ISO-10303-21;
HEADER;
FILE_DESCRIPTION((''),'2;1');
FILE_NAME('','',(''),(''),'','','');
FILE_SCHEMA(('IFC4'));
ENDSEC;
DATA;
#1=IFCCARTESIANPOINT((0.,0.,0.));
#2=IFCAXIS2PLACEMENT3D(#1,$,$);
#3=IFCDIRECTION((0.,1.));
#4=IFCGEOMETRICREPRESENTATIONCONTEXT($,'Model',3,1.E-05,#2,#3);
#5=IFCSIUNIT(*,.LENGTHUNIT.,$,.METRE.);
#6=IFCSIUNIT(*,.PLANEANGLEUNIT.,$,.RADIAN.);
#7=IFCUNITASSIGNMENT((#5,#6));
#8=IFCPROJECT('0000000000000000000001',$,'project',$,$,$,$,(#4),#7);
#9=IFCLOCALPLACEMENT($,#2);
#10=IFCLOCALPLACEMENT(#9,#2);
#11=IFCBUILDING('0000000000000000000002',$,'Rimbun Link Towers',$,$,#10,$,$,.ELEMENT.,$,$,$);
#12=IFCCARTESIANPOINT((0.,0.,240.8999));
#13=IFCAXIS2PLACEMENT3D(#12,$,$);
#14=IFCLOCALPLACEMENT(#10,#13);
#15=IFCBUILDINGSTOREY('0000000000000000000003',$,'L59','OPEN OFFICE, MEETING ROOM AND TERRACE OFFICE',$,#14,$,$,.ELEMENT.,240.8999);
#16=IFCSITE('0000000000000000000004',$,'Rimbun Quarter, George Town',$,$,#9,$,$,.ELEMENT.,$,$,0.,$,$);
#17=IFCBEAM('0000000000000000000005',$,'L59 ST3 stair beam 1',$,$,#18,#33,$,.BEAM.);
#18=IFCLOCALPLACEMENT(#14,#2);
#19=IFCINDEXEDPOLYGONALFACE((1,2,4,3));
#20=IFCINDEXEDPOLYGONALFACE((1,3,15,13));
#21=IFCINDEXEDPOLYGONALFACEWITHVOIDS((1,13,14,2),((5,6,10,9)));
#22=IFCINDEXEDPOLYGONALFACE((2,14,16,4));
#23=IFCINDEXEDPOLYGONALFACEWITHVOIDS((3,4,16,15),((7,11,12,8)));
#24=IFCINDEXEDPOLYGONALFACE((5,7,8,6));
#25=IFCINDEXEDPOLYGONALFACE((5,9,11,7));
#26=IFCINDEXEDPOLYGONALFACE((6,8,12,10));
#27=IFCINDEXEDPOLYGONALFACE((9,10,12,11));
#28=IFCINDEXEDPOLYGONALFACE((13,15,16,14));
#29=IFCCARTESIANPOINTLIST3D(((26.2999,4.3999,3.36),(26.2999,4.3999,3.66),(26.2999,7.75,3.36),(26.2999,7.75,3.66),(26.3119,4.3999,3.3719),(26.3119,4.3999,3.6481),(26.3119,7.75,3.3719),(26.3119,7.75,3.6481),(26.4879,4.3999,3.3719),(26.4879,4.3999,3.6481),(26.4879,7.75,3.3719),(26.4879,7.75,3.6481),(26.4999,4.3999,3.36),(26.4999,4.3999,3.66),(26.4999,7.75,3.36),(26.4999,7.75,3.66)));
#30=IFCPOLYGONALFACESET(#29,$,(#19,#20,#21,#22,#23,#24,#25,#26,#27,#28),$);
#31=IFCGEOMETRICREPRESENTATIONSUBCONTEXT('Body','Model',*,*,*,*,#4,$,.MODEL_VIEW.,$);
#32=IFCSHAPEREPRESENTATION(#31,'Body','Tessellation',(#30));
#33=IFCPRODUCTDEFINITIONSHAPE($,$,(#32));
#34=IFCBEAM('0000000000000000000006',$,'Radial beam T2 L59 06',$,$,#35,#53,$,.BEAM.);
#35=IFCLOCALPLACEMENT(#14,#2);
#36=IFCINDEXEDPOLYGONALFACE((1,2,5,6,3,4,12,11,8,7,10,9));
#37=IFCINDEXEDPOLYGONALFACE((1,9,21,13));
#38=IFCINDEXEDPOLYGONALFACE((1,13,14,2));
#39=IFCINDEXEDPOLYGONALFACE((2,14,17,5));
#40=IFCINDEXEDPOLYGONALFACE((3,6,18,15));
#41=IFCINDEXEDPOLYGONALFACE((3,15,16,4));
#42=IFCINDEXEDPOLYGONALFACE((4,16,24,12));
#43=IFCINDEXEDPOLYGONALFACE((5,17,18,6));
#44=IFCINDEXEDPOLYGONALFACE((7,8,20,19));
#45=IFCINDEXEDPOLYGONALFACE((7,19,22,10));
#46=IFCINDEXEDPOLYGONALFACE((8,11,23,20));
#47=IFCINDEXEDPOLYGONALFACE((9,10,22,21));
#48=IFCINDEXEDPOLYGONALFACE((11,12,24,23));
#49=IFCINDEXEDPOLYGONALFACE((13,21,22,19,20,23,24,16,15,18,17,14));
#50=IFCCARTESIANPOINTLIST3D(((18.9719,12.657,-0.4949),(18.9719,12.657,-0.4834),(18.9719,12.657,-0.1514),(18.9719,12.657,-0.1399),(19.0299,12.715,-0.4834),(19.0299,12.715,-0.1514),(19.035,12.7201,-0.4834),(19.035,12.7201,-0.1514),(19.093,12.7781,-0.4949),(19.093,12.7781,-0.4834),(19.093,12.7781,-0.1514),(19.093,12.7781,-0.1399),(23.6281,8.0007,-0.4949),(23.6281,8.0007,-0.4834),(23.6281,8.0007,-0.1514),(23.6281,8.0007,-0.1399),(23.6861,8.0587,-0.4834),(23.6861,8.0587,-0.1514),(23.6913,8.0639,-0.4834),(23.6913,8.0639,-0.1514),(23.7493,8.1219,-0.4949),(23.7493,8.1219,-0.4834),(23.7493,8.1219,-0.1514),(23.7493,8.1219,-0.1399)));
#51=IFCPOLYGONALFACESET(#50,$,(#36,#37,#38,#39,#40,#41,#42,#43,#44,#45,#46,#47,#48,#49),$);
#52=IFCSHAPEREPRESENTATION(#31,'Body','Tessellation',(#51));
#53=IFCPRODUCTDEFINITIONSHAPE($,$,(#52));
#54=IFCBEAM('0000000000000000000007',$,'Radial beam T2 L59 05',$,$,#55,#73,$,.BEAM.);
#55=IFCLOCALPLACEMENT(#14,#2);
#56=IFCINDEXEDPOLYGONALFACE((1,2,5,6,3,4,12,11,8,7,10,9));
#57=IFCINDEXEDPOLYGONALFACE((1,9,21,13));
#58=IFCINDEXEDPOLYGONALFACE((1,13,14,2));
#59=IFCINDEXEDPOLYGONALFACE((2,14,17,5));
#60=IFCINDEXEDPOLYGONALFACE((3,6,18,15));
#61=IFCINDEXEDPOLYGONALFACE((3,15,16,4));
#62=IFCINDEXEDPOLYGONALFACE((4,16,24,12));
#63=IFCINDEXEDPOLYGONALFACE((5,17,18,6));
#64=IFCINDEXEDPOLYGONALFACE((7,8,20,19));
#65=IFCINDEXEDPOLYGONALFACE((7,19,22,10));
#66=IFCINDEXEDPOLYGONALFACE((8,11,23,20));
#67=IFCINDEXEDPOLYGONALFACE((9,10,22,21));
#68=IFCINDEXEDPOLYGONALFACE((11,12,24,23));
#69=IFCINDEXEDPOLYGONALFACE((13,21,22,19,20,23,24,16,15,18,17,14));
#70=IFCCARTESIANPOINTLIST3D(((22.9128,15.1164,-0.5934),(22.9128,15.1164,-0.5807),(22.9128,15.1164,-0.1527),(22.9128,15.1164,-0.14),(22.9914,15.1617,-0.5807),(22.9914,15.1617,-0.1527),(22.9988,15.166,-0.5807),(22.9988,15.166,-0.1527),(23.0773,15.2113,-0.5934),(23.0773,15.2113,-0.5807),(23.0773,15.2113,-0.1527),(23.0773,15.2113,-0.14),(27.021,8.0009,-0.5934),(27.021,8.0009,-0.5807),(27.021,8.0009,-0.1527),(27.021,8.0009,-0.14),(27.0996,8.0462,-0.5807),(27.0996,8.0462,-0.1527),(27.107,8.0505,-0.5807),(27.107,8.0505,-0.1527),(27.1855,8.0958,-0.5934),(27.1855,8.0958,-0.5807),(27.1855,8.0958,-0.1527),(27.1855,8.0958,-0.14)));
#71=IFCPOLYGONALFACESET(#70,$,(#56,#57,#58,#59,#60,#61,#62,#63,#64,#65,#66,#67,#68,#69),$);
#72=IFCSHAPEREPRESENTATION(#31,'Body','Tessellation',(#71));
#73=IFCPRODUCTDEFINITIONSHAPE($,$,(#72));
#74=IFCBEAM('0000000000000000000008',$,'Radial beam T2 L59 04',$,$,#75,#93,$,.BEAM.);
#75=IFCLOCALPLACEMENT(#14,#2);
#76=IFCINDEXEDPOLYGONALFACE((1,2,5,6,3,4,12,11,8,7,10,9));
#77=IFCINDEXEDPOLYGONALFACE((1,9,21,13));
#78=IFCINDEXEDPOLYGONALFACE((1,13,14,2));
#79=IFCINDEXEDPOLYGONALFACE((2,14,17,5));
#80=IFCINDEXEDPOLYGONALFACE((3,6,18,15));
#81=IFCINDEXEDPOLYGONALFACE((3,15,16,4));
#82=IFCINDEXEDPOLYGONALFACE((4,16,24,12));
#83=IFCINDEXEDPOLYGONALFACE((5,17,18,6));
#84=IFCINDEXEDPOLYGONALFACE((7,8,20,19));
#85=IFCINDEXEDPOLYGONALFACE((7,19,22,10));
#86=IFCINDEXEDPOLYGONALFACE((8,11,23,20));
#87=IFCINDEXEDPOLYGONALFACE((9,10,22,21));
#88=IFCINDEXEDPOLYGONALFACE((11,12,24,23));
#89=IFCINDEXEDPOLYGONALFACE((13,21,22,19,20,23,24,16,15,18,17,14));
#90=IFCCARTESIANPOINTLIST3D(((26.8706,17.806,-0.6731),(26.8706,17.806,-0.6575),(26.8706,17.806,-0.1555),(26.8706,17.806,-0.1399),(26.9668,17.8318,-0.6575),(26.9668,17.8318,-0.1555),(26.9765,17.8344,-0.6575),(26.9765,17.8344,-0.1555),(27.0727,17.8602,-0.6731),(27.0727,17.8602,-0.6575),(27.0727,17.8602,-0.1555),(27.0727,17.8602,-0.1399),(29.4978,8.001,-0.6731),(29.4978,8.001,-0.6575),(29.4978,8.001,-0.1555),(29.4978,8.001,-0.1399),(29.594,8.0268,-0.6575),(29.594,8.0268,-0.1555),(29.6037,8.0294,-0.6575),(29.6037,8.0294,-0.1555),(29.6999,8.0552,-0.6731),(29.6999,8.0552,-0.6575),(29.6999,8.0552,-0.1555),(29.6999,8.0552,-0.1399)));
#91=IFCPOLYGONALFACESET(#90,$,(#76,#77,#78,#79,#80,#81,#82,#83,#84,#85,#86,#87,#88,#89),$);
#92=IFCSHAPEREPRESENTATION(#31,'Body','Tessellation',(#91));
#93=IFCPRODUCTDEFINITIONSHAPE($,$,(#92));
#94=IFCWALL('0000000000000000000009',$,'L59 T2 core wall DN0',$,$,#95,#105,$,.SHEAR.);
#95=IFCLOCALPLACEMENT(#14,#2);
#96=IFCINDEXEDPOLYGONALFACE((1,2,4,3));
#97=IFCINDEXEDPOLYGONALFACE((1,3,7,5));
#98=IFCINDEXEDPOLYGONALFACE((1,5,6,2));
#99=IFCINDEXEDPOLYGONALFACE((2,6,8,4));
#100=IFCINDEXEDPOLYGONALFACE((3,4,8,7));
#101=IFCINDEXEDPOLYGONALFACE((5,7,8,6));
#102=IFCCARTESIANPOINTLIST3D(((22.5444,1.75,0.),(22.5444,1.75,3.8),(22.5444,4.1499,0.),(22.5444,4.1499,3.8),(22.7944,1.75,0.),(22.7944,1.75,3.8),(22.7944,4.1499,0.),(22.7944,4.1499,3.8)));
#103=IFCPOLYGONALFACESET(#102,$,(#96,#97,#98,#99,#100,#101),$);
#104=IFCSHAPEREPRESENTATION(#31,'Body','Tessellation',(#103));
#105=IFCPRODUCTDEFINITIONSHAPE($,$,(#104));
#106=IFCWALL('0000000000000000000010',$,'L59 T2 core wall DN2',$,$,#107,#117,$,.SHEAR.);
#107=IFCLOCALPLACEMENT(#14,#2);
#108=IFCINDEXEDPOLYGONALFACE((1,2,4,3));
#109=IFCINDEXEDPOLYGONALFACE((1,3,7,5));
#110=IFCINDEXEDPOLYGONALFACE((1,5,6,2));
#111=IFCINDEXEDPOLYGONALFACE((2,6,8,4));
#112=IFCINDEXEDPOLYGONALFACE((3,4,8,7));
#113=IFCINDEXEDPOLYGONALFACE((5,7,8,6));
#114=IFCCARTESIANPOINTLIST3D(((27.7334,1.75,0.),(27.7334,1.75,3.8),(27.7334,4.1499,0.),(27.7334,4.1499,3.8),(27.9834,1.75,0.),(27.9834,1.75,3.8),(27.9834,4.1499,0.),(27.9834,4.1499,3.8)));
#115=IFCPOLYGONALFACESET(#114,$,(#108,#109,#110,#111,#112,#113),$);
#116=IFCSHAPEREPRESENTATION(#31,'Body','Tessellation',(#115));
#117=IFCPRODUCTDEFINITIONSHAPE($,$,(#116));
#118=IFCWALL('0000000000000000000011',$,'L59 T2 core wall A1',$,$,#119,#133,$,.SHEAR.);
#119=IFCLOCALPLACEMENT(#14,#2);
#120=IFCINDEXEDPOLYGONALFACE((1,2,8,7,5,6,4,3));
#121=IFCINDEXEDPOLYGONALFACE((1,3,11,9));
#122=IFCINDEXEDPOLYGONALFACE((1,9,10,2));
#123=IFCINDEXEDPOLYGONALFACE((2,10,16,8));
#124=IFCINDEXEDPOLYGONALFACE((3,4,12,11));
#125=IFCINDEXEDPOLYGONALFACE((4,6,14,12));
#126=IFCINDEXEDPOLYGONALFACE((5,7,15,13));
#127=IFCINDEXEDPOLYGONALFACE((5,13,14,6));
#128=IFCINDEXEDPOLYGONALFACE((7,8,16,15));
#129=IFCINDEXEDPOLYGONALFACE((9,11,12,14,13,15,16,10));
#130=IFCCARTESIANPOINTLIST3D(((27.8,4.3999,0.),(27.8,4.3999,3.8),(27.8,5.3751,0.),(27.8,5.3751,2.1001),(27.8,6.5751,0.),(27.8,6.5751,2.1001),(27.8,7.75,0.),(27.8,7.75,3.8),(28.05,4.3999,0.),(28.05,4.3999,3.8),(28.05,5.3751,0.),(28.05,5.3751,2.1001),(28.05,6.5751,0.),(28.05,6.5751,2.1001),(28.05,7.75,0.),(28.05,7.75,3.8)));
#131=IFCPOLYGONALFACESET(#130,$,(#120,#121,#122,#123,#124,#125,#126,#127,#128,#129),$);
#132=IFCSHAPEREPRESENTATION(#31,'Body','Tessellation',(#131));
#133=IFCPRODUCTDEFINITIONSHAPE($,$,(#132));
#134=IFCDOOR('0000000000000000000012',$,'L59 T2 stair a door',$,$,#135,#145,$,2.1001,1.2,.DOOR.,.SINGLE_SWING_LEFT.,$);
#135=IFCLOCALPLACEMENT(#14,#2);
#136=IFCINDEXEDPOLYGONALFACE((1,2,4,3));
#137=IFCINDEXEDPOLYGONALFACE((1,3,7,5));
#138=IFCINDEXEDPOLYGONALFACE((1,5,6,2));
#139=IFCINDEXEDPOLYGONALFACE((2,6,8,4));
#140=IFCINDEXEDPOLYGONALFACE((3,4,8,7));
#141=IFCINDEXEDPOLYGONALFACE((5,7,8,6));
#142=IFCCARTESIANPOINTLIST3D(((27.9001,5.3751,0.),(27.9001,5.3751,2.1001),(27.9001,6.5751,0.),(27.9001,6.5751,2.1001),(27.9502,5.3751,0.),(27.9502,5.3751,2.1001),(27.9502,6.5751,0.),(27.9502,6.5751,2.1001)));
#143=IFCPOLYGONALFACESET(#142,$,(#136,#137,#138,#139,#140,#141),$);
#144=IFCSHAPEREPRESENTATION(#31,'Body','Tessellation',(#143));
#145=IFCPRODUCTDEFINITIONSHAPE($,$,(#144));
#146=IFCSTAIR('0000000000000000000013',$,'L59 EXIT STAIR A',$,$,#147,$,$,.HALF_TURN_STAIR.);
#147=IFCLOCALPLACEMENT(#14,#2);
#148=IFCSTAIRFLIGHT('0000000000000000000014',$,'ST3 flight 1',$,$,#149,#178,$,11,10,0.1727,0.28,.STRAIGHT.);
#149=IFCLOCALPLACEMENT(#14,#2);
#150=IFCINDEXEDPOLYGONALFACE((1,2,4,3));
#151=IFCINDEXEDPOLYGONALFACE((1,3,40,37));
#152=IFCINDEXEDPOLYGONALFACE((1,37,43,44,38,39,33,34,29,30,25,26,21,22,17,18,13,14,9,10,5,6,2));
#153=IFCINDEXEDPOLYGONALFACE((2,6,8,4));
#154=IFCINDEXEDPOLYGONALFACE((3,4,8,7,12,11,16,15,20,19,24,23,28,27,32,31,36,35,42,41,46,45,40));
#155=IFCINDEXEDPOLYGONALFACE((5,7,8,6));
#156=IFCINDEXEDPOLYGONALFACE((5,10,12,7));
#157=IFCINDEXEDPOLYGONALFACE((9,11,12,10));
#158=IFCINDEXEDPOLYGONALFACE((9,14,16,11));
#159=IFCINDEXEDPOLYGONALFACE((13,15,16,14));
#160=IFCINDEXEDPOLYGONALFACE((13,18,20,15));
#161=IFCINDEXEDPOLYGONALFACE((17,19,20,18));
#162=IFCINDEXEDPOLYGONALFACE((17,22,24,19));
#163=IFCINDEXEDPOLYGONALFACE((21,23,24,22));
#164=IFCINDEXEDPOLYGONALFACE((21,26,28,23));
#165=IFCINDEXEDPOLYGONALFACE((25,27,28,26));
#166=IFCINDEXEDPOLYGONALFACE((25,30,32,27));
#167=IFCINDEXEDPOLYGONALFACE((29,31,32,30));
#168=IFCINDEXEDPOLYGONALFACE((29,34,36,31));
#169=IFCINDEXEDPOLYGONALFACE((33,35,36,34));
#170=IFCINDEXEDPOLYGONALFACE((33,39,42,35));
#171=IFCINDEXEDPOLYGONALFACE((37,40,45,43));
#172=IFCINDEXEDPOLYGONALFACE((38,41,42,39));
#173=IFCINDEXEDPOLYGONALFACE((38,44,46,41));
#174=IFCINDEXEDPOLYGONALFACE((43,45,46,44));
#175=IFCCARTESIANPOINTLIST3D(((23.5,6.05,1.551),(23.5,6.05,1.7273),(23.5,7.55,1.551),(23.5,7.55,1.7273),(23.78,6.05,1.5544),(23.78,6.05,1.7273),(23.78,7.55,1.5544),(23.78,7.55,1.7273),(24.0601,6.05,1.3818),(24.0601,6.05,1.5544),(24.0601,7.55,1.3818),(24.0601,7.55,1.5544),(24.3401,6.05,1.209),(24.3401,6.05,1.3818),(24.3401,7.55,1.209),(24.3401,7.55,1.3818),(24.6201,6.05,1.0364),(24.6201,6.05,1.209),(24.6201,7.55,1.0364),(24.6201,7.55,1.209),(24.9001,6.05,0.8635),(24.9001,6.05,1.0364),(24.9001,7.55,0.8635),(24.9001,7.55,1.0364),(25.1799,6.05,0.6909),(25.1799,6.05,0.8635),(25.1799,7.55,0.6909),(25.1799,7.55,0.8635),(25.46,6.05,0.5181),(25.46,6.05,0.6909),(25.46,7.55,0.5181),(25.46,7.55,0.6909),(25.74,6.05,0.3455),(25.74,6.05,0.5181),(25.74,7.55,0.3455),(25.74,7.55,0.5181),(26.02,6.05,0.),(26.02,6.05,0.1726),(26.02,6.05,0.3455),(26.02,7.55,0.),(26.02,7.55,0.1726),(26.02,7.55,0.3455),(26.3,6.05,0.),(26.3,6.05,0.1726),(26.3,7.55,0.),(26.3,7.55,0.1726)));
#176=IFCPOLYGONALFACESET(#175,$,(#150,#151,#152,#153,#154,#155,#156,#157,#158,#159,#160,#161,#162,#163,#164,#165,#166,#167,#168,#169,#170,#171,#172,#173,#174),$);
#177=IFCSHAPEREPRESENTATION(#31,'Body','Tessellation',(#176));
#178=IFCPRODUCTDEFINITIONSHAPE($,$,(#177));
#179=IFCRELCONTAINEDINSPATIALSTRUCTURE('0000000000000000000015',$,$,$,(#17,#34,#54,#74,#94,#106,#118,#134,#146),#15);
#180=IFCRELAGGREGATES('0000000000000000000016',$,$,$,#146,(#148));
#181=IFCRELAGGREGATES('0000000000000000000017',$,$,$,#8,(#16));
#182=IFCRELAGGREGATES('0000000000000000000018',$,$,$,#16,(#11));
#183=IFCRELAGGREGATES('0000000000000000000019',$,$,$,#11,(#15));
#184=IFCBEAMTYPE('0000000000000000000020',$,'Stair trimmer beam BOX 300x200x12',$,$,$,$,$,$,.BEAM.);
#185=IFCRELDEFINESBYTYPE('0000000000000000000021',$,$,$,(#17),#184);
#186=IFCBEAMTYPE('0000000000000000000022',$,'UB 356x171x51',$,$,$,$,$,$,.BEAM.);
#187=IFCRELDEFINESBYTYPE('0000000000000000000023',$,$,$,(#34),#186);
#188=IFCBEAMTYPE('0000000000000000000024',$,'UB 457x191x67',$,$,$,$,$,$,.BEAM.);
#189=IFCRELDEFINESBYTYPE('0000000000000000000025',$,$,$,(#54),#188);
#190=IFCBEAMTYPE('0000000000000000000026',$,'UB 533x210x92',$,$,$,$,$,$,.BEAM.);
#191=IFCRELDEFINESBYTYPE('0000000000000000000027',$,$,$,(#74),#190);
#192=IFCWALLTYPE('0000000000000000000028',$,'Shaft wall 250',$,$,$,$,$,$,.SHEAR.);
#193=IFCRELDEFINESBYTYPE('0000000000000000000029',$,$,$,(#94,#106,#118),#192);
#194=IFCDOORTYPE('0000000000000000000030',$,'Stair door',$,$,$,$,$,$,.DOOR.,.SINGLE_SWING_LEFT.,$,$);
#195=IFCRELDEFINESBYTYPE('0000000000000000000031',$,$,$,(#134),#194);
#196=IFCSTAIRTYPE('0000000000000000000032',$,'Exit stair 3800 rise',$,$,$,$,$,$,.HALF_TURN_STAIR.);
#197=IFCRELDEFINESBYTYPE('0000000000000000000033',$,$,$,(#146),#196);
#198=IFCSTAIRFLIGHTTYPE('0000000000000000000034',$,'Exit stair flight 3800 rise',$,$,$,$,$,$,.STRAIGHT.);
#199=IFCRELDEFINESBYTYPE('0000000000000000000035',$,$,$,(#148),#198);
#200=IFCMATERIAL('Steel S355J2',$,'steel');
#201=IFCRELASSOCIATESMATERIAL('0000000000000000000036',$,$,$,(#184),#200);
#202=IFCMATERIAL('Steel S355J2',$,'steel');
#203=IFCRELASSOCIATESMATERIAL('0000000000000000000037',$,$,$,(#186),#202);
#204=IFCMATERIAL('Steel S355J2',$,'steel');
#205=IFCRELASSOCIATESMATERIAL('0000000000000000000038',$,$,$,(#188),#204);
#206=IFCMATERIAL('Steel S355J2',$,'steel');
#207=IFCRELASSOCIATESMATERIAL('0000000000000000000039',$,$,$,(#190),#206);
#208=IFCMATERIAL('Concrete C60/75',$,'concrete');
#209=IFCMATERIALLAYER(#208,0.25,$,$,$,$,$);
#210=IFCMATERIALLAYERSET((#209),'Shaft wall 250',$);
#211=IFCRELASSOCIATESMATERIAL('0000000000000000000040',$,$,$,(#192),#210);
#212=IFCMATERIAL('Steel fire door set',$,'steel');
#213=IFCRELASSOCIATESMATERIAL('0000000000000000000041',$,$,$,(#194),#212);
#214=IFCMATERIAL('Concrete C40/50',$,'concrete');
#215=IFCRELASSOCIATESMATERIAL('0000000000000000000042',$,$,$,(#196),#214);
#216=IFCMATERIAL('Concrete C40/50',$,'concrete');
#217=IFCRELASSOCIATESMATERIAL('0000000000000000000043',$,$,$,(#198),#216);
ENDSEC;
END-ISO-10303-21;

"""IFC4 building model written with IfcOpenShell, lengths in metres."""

from ifc_helpers import new_model, si_unit, direction, frame, frame_2d, origin, origin_2d, place, context, subcontext, project, spatial, polyline, rectangle, hollow_rectangle, i_section, outline, extrude, material, layer, layer_set, material_profile, profile_set, type_object, element, fill, aggregate, save


model = new_model("IFC4")

# Units and contexts
model_context = context("Model", 3, precision=1e-05, world=origin(), true_north=direction((0.0, 1.0)))
body_context = subcontext(model_context, "Body", "Model", "MODEL_VIEW")
ifc_project = project(units=[si_unit("LENGTHUNIT", "METRE"), si_unit("PLANEANGLEUNIT", "RADIAN")], contexts=[model_context])

# Site, building, storey
site_placement = place(None, origin())
site = spatial("IfcSite", under=ifc_project, at=site_placement, Name="Rimbun Quarter, George Town", CompositionType="ELEMENT", RefElevation=0.0)
building_placement = place(site_placement, origin())
building = spatial("IfcBuilding", under=site, at=building_placement, Name="Rimbun Link Towers", CompositionType="ELEMENT")
storey_placement = place(building_placement, frame((0.0, 0.0, 240.8999)))
storey = spatial("IfcBuildingStorey", under=building, at=storey_placement, Name="L59", Description="OPEN OFFICE, MEETING ROOM AND TERRACE OFFICE", CompositionType="ELEMENT", Elevation=240.8999)

# Beams
ifc_material_1 = material(Name="Steel S355J2", Category="steel")
ifc_material_profile_1 = material_profile(ifc_material_1, hollow_rectangle(XDim=0.2, YDim=0.3, WallThickness=0.012, at=origin_2d()), Name="BOX 300x200x12")
ifc_profile_set_1 = profile_set([ifc_material_profile_1], Name="Steel S355J2")
beam_type_1 = type_object("IfcBeamType", Name="Stair trimmer beam BOX 300x200x12", PredefinedType="BEAM", material=ifc_profile_set_1)
beam_1_placement = place(storey_placement, frame((26.3999, 7.75, 3.51), z_axis=(0.0, -1.0, 0.0), x_axis=(1.0, 0.0, 0.0)))
element("IfcBeam", 1, at=beam_1_placement, inside=storey, type_object=beam_type_1, Name="L59 ST3 stair beam 1", PredefinedType="BEAM", context=body_context, shape_type="SweptSolid", body=[
    extrude(hollow_rectangle(XDim=0.2, YDim=0.3, WallThickness=0.012, at=origin_2d()), origin(), (0.0, 0.0, 1.0), 3.3501),
])
ifc_material_2 = material(Name="Steel S355J2", Category="steel")
ifc_material_profile_2 = material_profile(ifc_material_2, i_section(OverallWidth=0.1714, OverallDepth=0.355, WebThickness=0.0073, FlangeThickness=0.0115, at=origin_2d()), Name="UB 356x171x51")
ifc_profile_set_2 = profile_set([ifc_material_profile_2], Name="Steel S355J2")
beam_type_2 = type_object("IfcBeamType", Name="UB 356x171x51", PredefinedType="BEAM", material=ifc_profile_set_2)
beam_2_placement = place(storey_placement, frame((23.6887, 8.0613, -0.3174), z_axis=(-0.707107, 0.707107, 0.0), x_axis=(-0.707107, -0.707107, 0.0)))
element("IfcBeam", 2, at=beam_2_placement, inside=storey, type_object=beam_type_2, Name="Radial beam T2 L59 06", PredefinedType="BEAM", context=body_context, shape_type="SweptSolid", body=[
    extrude(i_section(OverallWidth=0.1714, OverallDepth=0.355, WebThickness=0.0073, FlangeThickness=0.0115, at=origin_2d()), origin(), (0.0, 0.0, 1.0), 6.585),
])
ifc_material_3 = material(Name="Steel S355J2", Category="steel")
ifc_material_profile_3 = material_profile(ifc_material_3, i_section(OverallWidth=0.1899, OverallDepth=0.4534, WebThickness=0.0085, FlangeThickness=0.0127, at=origin_2d()), Name="UB 457x191x67")
ifc_profile_set_3 = profile_set([ifc_material_profile_3], Name="Steel S355J2")
beam_type_3 = type_object("IfcBeamType", Name="UB 457x191x67", PredefinedType="BEAM", material=ifc_profile_set_3)
beam_3_placement = place(storey_placement, frame((27.1033, 8.0483, -0.3667), z_axis=(-0.500003, 0.866024, 0.0), x_axis=(-0.866024, -0.500003, 0.0)))
element("IfcBeam", 3, at=beam_3_placement, inside=storey, type_object=beam_type_3, Name="Radial beam T2 L59 05", PredefinedType="BEAM", context=body_context, shape_type="SweptSolid", body=[
    extrude(i_section(OverallWidth=0.1899, OverallDepth=0.4534, WebThickness=0.0085, FlangeThickness=0.0127, at=origin_2d()), origin(), (0.0, 0.0, 1.0), 8.2163),
])
ifc_material_4 = material(Name="Steel S355J2", Category="steel")
ifc_material_profile_4 = material_profile(ifc_material_4, i_section(OverallWidth=0.2092, OverallDepth=0.5332, WebThickness=0.01, FlangeThickness=0.0156, at=origin_2d()), Name="UB 533x210x92")
ifc_profile_set_4 = profile_set([ifc_material_profile_4], Name="Steel S355J2")
beam_type_4 = type_object("IfcBeamType", Name="UB 533x210x92", PredefinedType="BEAM", material=ifc_profile_set_4)
beam_4_placement = place(storey_placement, frame((29.5989, 8.0281, -0.4065), z_axis=(-0.258817, 0.965926, 0.0), x_axis=(-0.965926, -0.258817, 0.0)))
element("IfcBeam", 4, at=beam_4_placement, inside=storey, type_object=beam_type_4, Name="Radial beam T2 L59 04", PredefinedType="BEAM", context=body_context, shape_type="SweptSolid", body=[
    extrude(i_section(OverallWidth=0.2092, OverallDepth=0.5332, WebThickness=0.01, FlangeThickness=0.0156, at=origin_2d()), origin(), (0.0, 0.0, 1.0), 10.1509),
])

# Walls
ifc_material_5 = material(Name="Concrete C60/75", Category="concrete")
ifc_layer = layer(ifc_material_5, 0.25)
ifc_layer_set = layer_set([ifc_layer], Name="Shaft wall 250")
wall_type = type_object("IfcWallType", Name="Shaft wall 250", PredefinedType="SHEAR", material=ifc_layer_set)
for number, where, z_axis, x_axis, name in (
    (5, (22.6694, 1.75, 0.0), (0.0, 0.0, 1.0), (0.0, 1.0, 0.0), "L59 T2 core wall DN0"),
    (6, (27.8584, 1.75, 0.0), (0.0, 0.0, 1.0), (0.0, 1.0, 0.0), "L59 T2 core wall DN2"),
):
    element("IfcWall", number, at=place(storey_placement, frame(where, z_axis=z_axis, x_axis=x_axis)), inside=storey, type_object=wall_type, Name=name, PredefinedType="SHEAR", context=body_context, shape_type="SweptSolid", body=[
        extrude(rectangle(XDim=2.3999, YDim=0.25, at=frame_2d((1.2, 0.0))), origin(), (0.0, 0.0, 1.0), 3.8),
    ])

# Wall, opening, door
wall_placement = place(storey_placement, frame((27.925, 4.3999, 0.0), z_axis=(0.0, 0.0, 1.0), x_axis=(0.0, 1.0, 0.0)))
wall = element("IfcWall", 7, at=wall_placement, inside=storey, type_object=wall_type, Name="L59 T2 core wall A1", PredefinedType="SHEAR", context=body_context, shape_type="SweptSolid", body=[
    extrude(rectangle(XDim=3.3501, YDim=0.25, at=frame_2d((1.675, 0.0))), origin(), (0.0, 0.0, 1.0), 3.8),
])
opening_placement = place(wall_placement, frame((0.9751, 0.0, 0.0)))
opening = element("IfcOpeningElement", 8, at=opening_placement, cuts=wall, PredefinedType="OPENING", context=body_context, shape_type="SweptSolid", body=[
    extrude(rectangle(XDim=1.2, YDim=2.1001, at=frame_2d((0.6001, 1.05))), frame((0.0, 0.135, 0.0), z_axis=(0.0, -1.0, 0.0), x_axis=(1.0, 0.0, 0.0)), (0.0, 0.0, 1.0), 0.27),
])
ifc_material_6 = material(Name="Steel fire door set", Category="steel")
door_type = type_object("IfcDoorType", Name="Stair door", OperationType="SINGLE_SWING_LEFT", PredefinedType="DOOR", material=ifc_material_6)
door_placement = place(opening_placement, origin())
door = element("IfcDoor", 9, at=door_placement, inside=storey, type_object=door_type, Name="L59 T2 stair a door", OperationType="SINGLE_SWING_LEFT", OverallHeight=2.1001, OverallWidth=1.2, PredefinedType="DOOR", context=body_context, shape_type="SweptSolid", body=[
    extrude(rectangle(XDim=1.2, YDim=2.1001, at=frame_2d((0.6001, 1.05))), frame((0.0, 0.0249, 0.0), z_axis=(0.0, -1.0, 0.0), x_axis=(1.0, 0.0, 0.0)), (0.0, 0.0, 1.0), 0.05),
])
fill(opening, door)

# Stair, stair flight
ifc_material_7 = material(Name="Concrete C40/50", Category="concrete")
stair_type = type_object("IfcStairType", Name="Exit stair 3800 rise", PredefinedType="HALF_TURN_STAIR", material=ifc_material_7)
stair_placement = place(storey_placement, origin())
stair = element("IfcStair", 10, at=stair_placement, inside=storey, type_object=stair_type, Name="L59 EXIT STAIR A", PredefinedType="HALF_TURN_STAIR")
ifc_material_8 = material(Name="Concrete C40/50", Category="concrete")
stair_flight_type = type_object("IfcStairFlightType", Name="Exit stair flight 3800 rise", PredefinedType="STRAIGHT", material=ifc_material_8)
stair_flight_1_placement = place(storey_placement, frame((26.3, 6.8, 0.0), z_axis=(0.0, 0.0, 1.0), x_axis=(-1.0, 0.0, 0.0)))
stair_flight_1 = element("IfcStairFlight", 11, at=stair_flight_1_placement, type_object=stair_flight_type, Name="ST3 flight 1", NumberOfRisers=11, NumberOfTreads=10, PredefinedType="STRAIGHT", RiserHeight=0.1727, TreadLength=0.28, context=body_context, shape_type="SweptSolid", body=[
    extrude(outline(polyline([(0.0, 0.0), (0.0, 0.1726), (0.28, 0.1726), (0.28, 0.3455), (0.5601, 0.3455), (0.5601, 0.5181), (0.8401, 0.5181), (0.8401, 0.6909), (1.1201, 0.6909), (1.1201, 0.8635), (1.3999, 0.8635), (1.3999, 1.0364), (1.6799, 1.0364), (1.6799, 1.209), (1.96, 1.209), (1.96, 1.3818), (2.24, 1.3818), (2.24, 1.5544), (2.52, 1.5544), (2.52, 1.7273), (2.8, 1.7273), (2.8, 1.8999), (2.8, 1.551), (0.28, 0.0), (0.0, 0.0)])), frame((0.0, 0.75, 0.0), z_axis=(0.0, -1.0, 0.0), x_axis=(1.0, 0.0, 0.0)), (0.0, 0.0, 1.0), 1.5),
])
aggregate(stair, [stair_flight_1])

save(model, "model.ifc")
